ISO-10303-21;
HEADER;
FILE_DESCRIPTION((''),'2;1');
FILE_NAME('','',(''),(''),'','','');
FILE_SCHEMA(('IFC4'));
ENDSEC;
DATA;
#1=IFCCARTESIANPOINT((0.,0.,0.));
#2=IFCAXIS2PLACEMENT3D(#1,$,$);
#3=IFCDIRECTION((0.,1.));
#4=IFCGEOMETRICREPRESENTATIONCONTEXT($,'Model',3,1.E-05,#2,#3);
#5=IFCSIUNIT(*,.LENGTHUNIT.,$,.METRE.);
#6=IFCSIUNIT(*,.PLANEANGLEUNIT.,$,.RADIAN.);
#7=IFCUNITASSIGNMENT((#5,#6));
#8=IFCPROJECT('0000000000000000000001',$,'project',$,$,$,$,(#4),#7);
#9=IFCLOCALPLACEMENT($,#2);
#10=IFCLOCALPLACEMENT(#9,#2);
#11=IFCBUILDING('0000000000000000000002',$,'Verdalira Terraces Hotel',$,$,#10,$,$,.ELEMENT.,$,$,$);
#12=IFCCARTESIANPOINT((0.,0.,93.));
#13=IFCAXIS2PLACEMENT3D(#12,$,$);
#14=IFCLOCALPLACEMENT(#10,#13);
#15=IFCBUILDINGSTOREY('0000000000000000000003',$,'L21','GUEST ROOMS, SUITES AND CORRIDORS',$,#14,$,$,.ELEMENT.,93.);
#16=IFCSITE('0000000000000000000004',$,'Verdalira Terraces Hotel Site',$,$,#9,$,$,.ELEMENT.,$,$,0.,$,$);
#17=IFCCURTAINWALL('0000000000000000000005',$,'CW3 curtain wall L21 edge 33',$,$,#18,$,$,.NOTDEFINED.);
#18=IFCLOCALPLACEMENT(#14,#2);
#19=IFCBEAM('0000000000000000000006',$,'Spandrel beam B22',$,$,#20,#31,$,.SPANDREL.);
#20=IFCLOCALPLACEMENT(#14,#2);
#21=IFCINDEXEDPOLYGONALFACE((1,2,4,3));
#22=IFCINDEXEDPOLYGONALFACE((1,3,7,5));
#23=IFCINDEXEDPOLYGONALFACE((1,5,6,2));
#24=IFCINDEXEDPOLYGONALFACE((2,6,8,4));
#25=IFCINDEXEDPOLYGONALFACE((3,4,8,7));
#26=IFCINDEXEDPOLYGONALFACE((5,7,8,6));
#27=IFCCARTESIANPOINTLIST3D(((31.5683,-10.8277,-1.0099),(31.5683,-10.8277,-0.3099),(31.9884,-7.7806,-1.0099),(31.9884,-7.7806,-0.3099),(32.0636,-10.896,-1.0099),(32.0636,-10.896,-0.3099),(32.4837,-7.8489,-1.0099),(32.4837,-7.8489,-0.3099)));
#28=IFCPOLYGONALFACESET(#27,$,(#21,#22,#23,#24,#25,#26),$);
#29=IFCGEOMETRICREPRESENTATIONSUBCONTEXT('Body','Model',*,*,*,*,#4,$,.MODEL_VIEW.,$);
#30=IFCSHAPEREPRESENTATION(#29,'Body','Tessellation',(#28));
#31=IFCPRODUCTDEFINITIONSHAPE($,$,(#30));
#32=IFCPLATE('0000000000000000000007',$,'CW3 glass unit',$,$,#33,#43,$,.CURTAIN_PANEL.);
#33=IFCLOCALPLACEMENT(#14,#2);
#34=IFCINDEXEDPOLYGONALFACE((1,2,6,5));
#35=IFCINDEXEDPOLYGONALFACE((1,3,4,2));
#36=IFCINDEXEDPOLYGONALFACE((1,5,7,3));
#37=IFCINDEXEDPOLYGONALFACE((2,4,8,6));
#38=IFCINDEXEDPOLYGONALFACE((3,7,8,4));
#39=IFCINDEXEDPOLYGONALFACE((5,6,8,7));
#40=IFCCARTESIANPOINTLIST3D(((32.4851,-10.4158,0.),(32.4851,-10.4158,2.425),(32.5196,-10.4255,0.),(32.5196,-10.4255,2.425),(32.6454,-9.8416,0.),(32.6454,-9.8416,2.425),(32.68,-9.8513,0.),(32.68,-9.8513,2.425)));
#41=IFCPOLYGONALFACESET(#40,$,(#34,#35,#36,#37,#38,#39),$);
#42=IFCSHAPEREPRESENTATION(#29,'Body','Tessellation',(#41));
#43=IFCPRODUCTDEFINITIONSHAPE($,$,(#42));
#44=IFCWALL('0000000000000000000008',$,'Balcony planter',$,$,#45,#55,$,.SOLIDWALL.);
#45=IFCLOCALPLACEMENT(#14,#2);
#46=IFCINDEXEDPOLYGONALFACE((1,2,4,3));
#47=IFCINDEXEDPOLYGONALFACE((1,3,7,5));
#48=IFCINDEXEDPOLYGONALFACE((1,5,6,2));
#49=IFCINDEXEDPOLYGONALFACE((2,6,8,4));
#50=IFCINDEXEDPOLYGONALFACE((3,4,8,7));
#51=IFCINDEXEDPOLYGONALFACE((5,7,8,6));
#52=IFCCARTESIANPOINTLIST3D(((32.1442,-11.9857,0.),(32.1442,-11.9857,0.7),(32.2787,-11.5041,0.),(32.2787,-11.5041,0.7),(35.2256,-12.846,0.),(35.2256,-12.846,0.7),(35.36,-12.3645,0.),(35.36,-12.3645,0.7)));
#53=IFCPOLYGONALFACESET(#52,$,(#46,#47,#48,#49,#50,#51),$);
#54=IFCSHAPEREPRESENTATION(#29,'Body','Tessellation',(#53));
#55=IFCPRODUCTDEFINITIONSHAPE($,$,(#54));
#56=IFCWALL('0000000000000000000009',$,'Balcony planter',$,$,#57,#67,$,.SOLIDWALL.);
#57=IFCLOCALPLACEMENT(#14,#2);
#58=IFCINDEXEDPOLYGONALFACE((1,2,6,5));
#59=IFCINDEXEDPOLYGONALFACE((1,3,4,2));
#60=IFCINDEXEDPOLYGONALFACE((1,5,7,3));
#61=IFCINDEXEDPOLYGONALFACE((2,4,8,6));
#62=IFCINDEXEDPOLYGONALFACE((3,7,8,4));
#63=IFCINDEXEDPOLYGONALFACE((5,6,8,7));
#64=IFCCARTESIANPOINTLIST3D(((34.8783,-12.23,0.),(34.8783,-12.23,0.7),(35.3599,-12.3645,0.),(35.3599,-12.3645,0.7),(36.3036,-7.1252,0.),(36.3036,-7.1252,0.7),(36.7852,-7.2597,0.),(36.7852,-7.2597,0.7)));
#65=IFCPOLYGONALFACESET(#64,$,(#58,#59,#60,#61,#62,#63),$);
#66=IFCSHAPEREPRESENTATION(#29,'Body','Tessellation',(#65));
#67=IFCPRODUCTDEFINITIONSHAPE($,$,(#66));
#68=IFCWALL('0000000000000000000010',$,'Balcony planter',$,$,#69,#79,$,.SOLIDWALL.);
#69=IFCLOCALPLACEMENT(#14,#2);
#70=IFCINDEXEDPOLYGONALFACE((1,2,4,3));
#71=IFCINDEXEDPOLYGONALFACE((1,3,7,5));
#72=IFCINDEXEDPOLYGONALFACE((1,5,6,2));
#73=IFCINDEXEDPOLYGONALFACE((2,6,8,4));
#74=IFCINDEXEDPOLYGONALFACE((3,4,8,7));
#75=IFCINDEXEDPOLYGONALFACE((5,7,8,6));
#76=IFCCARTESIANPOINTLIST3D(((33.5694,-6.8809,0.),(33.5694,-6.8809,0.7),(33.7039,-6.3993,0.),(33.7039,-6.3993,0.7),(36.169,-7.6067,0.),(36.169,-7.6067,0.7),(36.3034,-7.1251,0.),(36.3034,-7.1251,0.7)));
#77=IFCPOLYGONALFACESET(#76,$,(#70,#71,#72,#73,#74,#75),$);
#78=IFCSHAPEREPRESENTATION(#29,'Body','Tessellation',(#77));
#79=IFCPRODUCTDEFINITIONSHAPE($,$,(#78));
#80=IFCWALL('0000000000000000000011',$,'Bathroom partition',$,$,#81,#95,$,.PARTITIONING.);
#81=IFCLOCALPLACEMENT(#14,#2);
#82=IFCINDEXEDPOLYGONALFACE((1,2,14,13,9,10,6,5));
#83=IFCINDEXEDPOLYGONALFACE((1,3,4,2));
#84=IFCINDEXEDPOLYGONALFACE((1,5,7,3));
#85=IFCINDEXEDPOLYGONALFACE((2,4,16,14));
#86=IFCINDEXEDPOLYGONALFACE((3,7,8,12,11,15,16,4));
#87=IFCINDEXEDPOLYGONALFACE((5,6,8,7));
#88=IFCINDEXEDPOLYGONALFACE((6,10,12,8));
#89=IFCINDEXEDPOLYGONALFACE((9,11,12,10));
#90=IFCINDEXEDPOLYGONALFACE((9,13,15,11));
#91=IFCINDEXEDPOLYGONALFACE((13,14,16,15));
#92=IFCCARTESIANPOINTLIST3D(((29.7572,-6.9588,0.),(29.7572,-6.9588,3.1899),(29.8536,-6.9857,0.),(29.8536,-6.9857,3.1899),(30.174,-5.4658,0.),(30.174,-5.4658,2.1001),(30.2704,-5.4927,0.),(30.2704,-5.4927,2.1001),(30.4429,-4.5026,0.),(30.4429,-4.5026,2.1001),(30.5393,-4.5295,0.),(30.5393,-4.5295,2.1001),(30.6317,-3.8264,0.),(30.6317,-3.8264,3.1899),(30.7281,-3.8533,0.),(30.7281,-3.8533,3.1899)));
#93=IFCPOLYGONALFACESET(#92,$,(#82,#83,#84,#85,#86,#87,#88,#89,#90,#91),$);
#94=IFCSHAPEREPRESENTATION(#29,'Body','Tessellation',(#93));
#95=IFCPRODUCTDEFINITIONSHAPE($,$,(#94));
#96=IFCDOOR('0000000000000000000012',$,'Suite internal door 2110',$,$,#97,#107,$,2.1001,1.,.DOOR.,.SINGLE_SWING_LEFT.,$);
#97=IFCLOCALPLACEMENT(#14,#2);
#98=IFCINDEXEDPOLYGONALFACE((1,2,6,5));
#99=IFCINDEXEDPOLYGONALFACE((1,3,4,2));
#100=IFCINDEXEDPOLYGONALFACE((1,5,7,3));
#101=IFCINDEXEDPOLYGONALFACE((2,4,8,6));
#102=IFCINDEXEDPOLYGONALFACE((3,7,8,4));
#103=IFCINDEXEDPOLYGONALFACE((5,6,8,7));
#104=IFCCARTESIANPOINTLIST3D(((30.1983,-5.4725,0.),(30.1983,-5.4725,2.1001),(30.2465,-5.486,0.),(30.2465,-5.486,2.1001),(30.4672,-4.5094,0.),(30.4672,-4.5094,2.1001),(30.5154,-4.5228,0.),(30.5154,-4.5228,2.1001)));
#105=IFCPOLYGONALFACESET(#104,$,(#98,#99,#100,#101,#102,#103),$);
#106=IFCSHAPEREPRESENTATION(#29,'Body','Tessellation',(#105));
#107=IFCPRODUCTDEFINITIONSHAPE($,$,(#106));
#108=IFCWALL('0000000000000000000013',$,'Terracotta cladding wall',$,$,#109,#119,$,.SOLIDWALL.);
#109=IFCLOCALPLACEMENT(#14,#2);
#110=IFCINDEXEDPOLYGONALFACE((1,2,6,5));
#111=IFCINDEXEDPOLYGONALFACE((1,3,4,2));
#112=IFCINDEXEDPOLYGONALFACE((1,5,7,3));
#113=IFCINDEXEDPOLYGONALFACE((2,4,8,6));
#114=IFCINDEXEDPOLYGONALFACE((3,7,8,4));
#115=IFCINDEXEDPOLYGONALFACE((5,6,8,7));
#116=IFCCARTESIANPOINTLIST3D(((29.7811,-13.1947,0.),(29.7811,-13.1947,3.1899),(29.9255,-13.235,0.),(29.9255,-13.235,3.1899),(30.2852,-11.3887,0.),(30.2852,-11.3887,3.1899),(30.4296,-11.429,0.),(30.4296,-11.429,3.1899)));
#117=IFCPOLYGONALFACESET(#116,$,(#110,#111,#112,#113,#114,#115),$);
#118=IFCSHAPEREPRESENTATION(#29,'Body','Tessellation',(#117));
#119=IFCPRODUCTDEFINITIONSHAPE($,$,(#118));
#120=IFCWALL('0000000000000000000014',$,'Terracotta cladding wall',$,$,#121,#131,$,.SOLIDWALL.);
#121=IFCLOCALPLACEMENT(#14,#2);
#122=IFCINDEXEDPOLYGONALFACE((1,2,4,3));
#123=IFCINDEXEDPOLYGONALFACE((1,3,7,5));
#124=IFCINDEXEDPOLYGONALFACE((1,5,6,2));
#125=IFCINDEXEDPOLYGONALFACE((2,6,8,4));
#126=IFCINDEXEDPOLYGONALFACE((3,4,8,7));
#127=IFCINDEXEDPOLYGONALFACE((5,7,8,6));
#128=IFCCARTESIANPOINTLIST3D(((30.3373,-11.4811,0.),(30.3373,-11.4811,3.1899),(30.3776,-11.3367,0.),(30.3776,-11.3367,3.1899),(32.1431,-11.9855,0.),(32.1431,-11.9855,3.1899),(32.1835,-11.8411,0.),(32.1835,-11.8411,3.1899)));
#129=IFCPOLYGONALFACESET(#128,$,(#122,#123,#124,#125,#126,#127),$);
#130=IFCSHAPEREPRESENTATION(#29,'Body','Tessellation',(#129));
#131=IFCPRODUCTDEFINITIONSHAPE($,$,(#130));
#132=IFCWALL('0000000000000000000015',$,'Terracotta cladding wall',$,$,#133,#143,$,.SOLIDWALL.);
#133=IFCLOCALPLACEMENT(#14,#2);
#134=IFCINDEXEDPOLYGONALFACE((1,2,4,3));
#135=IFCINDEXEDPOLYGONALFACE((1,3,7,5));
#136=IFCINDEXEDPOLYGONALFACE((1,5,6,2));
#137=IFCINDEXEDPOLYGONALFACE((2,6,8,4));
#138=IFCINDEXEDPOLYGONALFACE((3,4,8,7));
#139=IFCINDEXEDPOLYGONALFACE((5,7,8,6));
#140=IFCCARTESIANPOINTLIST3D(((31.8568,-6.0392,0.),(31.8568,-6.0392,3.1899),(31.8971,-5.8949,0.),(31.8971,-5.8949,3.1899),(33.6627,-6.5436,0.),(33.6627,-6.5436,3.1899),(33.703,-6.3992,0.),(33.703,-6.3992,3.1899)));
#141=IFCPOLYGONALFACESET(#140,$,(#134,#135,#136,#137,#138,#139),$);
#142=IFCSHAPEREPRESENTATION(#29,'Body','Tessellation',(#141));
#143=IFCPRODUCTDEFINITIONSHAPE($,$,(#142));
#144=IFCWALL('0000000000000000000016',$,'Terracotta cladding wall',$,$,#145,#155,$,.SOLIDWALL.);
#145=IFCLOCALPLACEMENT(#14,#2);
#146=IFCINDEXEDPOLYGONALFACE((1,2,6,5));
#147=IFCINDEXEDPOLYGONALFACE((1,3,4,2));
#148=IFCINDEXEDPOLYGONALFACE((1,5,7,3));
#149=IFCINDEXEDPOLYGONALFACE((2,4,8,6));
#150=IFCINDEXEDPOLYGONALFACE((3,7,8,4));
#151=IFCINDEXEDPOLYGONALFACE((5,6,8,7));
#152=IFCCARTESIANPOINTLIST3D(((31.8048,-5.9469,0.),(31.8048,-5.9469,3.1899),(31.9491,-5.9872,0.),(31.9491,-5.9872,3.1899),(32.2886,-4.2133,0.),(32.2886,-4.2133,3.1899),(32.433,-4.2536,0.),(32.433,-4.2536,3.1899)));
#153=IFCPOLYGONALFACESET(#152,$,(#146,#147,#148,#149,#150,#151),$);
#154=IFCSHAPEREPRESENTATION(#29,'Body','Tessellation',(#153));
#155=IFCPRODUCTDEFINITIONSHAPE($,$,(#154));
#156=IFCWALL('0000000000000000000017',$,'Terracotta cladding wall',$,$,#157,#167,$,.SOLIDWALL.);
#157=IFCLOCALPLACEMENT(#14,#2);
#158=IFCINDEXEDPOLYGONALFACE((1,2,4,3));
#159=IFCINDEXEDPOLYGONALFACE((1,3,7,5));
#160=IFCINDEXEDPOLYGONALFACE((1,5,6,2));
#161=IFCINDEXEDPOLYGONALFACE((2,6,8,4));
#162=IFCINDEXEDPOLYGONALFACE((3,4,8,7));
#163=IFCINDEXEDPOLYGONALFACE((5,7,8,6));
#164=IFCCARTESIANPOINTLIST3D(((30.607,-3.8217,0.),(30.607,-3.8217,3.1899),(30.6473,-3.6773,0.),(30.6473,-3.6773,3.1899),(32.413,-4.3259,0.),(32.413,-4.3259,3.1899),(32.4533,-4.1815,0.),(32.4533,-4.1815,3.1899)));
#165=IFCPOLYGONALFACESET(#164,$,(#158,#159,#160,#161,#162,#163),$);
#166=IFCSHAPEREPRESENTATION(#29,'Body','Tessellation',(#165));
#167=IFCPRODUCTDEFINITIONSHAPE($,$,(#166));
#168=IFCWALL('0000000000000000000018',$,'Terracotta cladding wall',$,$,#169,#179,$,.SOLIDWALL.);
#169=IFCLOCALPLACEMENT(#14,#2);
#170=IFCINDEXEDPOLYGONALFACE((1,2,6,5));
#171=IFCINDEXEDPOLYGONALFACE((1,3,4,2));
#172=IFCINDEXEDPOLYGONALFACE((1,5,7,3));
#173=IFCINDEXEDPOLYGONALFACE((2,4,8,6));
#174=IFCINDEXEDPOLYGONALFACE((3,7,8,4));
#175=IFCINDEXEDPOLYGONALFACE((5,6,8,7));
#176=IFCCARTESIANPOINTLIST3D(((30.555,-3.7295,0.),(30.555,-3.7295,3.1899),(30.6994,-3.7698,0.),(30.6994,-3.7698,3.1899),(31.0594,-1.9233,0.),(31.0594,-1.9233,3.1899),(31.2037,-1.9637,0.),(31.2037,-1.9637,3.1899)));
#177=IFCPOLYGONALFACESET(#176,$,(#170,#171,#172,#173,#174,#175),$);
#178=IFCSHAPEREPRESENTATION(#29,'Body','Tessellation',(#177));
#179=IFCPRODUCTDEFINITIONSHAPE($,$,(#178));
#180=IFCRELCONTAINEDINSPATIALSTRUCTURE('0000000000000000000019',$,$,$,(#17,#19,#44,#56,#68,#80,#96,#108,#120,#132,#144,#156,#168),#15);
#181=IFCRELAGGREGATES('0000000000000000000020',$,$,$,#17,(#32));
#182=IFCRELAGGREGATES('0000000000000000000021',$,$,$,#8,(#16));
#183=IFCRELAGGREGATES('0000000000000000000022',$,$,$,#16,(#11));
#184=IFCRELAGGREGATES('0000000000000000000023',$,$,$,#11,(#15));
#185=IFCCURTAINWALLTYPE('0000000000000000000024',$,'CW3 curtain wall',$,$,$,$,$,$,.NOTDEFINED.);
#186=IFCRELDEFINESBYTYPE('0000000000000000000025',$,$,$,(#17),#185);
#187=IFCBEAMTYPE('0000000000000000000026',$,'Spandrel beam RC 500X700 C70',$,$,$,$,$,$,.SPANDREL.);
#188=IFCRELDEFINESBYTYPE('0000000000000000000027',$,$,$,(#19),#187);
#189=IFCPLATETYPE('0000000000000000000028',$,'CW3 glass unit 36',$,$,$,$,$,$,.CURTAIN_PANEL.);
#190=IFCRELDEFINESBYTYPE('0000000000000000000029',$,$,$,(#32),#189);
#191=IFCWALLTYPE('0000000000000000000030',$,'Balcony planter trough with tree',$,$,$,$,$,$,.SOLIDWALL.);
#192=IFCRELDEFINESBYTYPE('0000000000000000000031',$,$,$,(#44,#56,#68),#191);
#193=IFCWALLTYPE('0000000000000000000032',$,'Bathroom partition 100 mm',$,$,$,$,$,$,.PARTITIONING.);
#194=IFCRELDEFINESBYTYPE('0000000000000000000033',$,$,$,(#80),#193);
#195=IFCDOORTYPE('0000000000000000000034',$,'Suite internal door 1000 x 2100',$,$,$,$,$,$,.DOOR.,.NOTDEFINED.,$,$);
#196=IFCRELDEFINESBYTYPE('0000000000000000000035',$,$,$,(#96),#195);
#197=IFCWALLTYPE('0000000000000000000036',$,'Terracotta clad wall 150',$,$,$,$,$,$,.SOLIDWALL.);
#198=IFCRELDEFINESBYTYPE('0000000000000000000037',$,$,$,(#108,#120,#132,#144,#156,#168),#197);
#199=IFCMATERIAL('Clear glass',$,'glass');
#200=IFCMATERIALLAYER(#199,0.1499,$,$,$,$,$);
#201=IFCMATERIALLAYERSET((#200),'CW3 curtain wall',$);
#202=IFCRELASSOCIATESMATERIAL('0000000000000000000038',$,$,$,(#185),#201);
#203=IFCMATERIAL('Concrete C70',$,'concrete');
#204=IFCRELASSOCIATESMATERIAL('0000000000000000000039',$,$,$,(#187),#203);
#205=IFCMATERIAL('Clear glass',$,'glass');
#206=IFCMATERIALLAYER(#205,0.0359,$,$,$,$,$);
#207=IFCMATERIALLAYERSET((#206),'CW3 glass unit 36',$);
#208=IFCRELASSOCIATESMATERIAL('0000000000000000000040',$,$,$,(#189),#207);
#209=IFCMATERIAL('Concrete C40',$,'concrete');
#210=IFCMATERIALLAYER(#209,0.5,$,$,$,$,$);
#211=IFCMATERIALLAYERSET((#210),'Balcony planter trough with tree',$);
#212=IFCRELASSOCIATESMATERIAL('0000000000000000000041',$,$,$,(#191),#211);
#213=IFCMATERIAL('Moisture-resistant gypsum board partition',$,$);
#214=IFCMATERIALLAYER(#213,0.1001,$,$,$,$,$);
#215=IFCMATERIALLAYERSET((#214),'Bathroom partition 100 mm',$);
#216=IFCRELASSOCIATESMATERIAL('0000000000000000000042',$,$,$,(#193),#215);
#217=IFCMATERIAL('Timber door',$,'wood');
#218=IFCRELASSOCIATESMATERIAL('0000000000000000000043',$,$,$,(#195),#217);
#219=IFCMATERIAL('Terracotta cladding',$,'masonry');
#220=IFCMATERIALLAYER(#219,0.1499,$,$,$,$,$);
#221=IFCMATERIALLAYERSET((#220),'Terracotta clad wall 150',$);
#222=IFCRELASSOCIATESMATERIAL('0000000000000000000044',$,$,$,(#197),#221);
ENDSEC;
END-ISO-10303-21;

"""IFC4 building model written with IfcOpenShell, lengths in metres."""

from ifc_helpers import new_model, si_unit, direction, frame, frame_2d, origin, origin_2d, place, context, subcontext, project, spatial, rectangle, extrude, material, layer, layer_set, material_profile, profile_set, type_object, element, fill, aggregate, save


model = new_model("IFC4")

# Units and contexts
model_context = context("Model", 3, precision=1e-05, world=origin(), true_north=direction((0.0, 1.0)))
body_context = subcontext(model_context, "Body", "Model", "MODEL_VIEW")
ifc_project = project(units=[si_unit("LENGTHUNIT", "METRE"), si_unit("PLANEANGLEUNIT", "RADIAN")], contexts=[model_context])

# Site, building, storey
site_placement = place(None, origin())
site = spatial("IfcSite", under=ifc_project, at=site_placement, Name="Verdalira Terraces Hotel Site", CompositionType="ELEMENT", RefElevation=0.0)
building_placement = place(site_placement, origin())
building = spatial("IfcBuilding", under=site, at=building_placement, Name="Verdalira Terraces Hotel", CompositionType="ELEMENT")
storey_placement = place(building_placement, frame((0.0, 0.0, 93.0)))
storey = spatial("IfcBuildingStorey", under=building, at=storey_placement, Name="L21", Description="GUEST ROOMS, SUITES AND CORRIDORS", CompositionType="ELEMENT", Elevation=93.0)

# Curtain wall
ifc_material_1 = material(Name="Clear glass", Category="glass")
ifc_layer_1 = layer(ifc_material_1, 0.1499)
ifc_layer_set_1 = layer_set([ifc_layer_1], Name="CW3 curtain wall")
curtain_wall_type_1 = type_object("IfcCurtainWallType", Name="CW3 curtain wall", PredefinedType="NOTDEFINED", material=ifc_layer_set_1)
curtain_wall_1_placement = place(storey_placement, origin())
curtain_wall_1 = element("IfcCurtainWall", 1, at=curtain_wall_1_placement, inside=storey, type_object=curtain_wall_type_1, Name="CW3 curtain wall L21 edge 33", PredefinedType="NOTDEFINED")

# Beam
ifc_material_2 = material(Name="Concrete C70", Category="concrete")
ifc_material_profile_1 = material_profile(ifc_material_2, rectangle(XDim=0.5, YDim=0.7, at=origin_2d()), Name="RC 500X700")
ifc_profile_set_1 = profile_set([ifc_material_profile_1], Name="Concrete C70")
beam_type_1 = type_object("IfcBeamType", Name="Spandrel beam RC 500X700 C70", PredefinedType="SPANDREL", material=ifc_profile_set_1)
beam_1_placement = place(storey_placement, frame((31.8159, -10.8618, -0.6599), z_axis=(0.136597, 0.990627, 0.0), x_axis=(-0.990627, 0.136597, 0.0)))
element("IfcBeam", 2, at=beam_1_placement, inside=storey, type_object=beam_type_1, Name="Spandrel beam B22", PredefinedType="SPANDREL", context=body_context, shape_type="SweptSolid", body=[
    extrude(rectangle(XDim=0.5, YDim=0.7, at=origin_2d()), origin(), (0.0, 0.0, 1.0), 3.0759),
])

# Plate
ifc_material_3 = material(Name="Clear glass", Category="glass")
ifc_layer_2 = layer(ifc_material_3, 0.0359)
ifc_layer_set_2 = layer_set([ifc_layer_2], Name="CW3 glass unit 36")
plate_type = type_object("IfcPlateType", Name="CW3 glass unit 36", PredefinedType="CURTAIN_PANEL", material=ifc_layer_set_2)
plate_placement = place(storey_placement, frame((32.5825, -10.1335, 0.0), z_axis=(0.0, 0.0, 1.0), x_axis=(0.26892, 0.963163, 0.0)))
plate = element("IfcPlate", 3, at=plate_placement, type_object=plate_type, Name="CW3 glass unit", PredefinedType="CURTAIN_PANEL", context=body_context, shape_type="SweptSolid", body=[
    extrude(rectangle(XDim=0.5962, YDim=0.0359, at=origin_2d()), origin(), (0.0, 0.0, 1.0), 2.425),
])
aggregate(curtain_wall_1, [plate])

# Walls
ifc_material_4 = material(Name="Concrete C40", Category="concrete")
ifc_layer_3 = layer(ifc_material_4, 0.5)
ifc_layer_set_3 = layer_set([ifc_layer_3], Name="Balcony planter trough with tree")
wall_type_1 = type_object("IfcWallType", Name="Balcony planter trough with tree", PredefinedType="SOLIDWALL", material=ifc_layer_set_3)
wall_1_placement = place(storey_placement, frame((32.2114, -11.7449, 0.0), z_axis=(0.0, 0.0, 1.0), x_axis=(0.96316, -0.268931, 0.0)))
element("IfcWall", 4, at=wall_1_placement, inside=storey, type_object=wall_type_1, Name="Balcony planter", PredefinedType="SOLIDWALL", context=body_context, shape_type="SweptSolid", body=[
    extrude(rectangle(XDim=3.1992, YDim=0.5, at=frame_2d((1.5996, 0.0))), origin(), (0.0, 0.0, 1.0), 0.7),
])
wall_2_placement = place(storey_placement, frame((35.1191, -12.2971, 0.0), z_axis=(0.0, 0.0, 1.0), x_axis=(0.268924, 0.963161, 0.0)))
element("IfcWall", 5, at=wall_2_placement, inside=storey, type_object=wall_type_1, Name="Balcony planter", PredefinedType="SOLIDWALL", context=body_context, shape_type="SweptSolid", body=[
    extrude(rectangle(XDim=5.3, YDim=0.5, at=frame_2d((2.6499, 0.0))), origin(), (0.0, 0.0, 1.0), 0.7),
])
wall_3_placement = place(storey_placement, frame((36.2363, -7.366, 0.0), z_axis=(0.0, 0.0, 1.0), x_axis=(-0.963162, 0.268922, 0.0)))
element("IfcWall", 6, at=wall_3_placement, inside=storey, type_object=wall_type_1, Name="Balcony planter", PredefinedType="SOLIDWALL", context=body_context, shape_type="SweptSolid", body=[
    extrude(rectangle(XDim=2.699, YDim=0.5, at=frame_2d((1.3496, 0.0))), origin(), (0.0, 0.0, 1.0), 0.7),
])

# Wall, opening, door
ifc_material_5 = material(Name="Moisture-resistant gypsum board partition")
ifc_layer_4 = layer(ifc_material_5, 0.1001)
ifc_layer_set_4 = layer_set([ifc_layer_4], Name="Bathroom partition 100 mm")
wall_type_2 = type_object("IfcWallType", Name="Bathroom partition 100 mm", PredefinedType="PARTITIONING", material=ifc_layer_set_4)
wall_4_placement = place(storey_placement, frame((29.8054, -6.9722, 0.0), z_axis=(0.0, 0.0, 1.0), x_axis=(0.268906, 0.963166, 0.0)))
wall_4 = element("IfcWall", 7, at=wall_4_placement, inside=storey, type_object=wall_type_2, Name="Bathroom partition", PredefinedType="PARTITIONING", context=body_context, shape_type="SweptSolid", body=[
    extrude(rectangle(XDim=3.2522, YDim=0.1001, at=frame_2d((1.626, 0.0))), origin(), (0.0, 0.0, 1.0), 3.1899),
])
opening_1_placement = place(wall_4_placement, frame((1.55, 0.0, 0.0)))
opening_1 = element("IfcOpeningElement", 8, at=opening_1_placement, cuts=wall_4, PredefinedType="OPENING", context=body_context, shape_type="SweptSolid", body=[
    extrude(rectangle(XDim=1.0, YDim=2.1001, at=frame_2d((0.5, 1.05))), frame((0.0, 0.0601, 0.0), z_axis=(0.0, -1.0, 0.0), x_axis=(1.0, 0.0, 0.0)), (0.0, 0.0, 1.0), 0.1201),
])
ifc_material_6 = material(Name="Timber door", Category="wood")
door_type_1 = type_object("IfcDoorType", Name="Suite internal door 1000 x 2100", OperationType="NOTDEFINED", PredefinedType="DOOR", material=ifc_material_6)
door_1_placement = place(opening_1_placement, origin())
door_1 = element("IfcDoor", 9, at=door_1_placement, inside=storey, type_object=door_type_1, Name="Suite internal door 2110", OperationType="SINGLE_SWING_LEFT", OverallHeight=2.1001, OverallWidth=1.0, PredefinedType="DOOR", context=body_context, shape_type="SweptSolid", body=[
    extrude(rectangle(XDim=1.0, YDim=2.1001, at=frame_2d((0.5, 1.05))), frame((0.0, 0.0249, 0.0), z_axis=(0.0, -1.0, 0.0), x_axis=(1.0, 0.0, 0.0)), (0.0, 0.0, 1.0), 0.05),
])
fill(opening_1, door_1)

# Walls
ifc_material_7 = material(Name="Terracotta cladding", Category="masonry")
ifc_layer_5 = layer(ifc_material_7, 0.1499)
ifc_layer_set_5 = layer_set([ifc_layer_5], Name="Terracotta clad wall 150")
wall_type_3 = type_object("IfcWallType", Name="Terracotta clad wall 150", PredefinedType="SOLIDWALL", material=ifc_layer_set_5)
for number, where, z_axis, x_axis, name in (
    (10, (29.8533, -13.2148, 0.0), (0.0, 0.0, 1.0), (0.268886, 0.963172, 0.0), "Terracotta cladding wall"),
    (11, (30.3574, -11.4089, 0.0), (0.0, 0.0, 1.0), (0.963138, -0.269007, 0.0), "Terracotta cladding wall"),
    (12, (33.6829, -6.4714, 0.0), (0.0, 0.0, 1.0), (-0.963138, 0.269007, 0.0), "Terracotta cladding wall"),
):
    element("IfcWall", number, at=place(storey_placement, frame(where, z_axis=z_axis, x_axis=x_axis)), inside=storey, type_object=wall_type_3, Name=name, PredefinedType="SOLIDWALL", context=body_context, shape_type="SweptSolid", body=[
        extrude(rectangle(XDim=1.875, YDim=0.1499, at=frame_2d((0.9375, 0.0))), origin(), (0.0, 0.0, 1.0), 3.1899),
    ])
wall_5_placement = place(storey_placement, frame((31.877, -5.967, 0.0), z_axis=(0.0, 0.0, 1.0), x_axis=(0.26884, 0.963185, 0.0)))
element("IfcWall", 13, at=wall_5_placement, inside=storey, type_object=wall_type_3, Name="Terracotta cladding wall", PredefinedType="SOLIDWALL", context=body_context, shape_type="SweptSolid", body=[
    extrude(rectangle(XDim=1.7998, YDim=0.1499, at=frame_2d((0.8999, 0.0))), origin(), (0.0, 0.0, 1.0), 3.1899),
])
wall_6_placement = place(storey_placement, frame((32.4331, -4.2537, 0.0), z_axis=(0.0, 0.0, 1.0), x_axis=(-0.963172, 0.268886, 0.0)))
element("IfcWall", 14, at=wall_6_placement, inside=storey, type_object=wall_type_3, Name="Terracotta cladding wall", PredefinedType="SOLIDWALL", context=body_context, shape_type="SweptSolid", body=[
    extrude(rectangle(XDim=1.875, YDim=0.1499, at=frame_2d((0.9375, 0.0))), origin(), (0.0, 0.0, 1.0), 3.1899),
])
wall_7_placement = place(storey_placement, frame((30.6272, -3.7495, 0.0), z_axis=(0.0, 0.0, 1.0), x_axis=(0.268973, 0.963148, 0.0)))
element("IfcWall", 15, at=wall_7_placement, inside=storey, type_object=wall_type_3, Name="Terracotta cladding wall", PredefinedType="SOLIDWALL", context=body_context, shape_type="SweptSolid", body=[
    extrude(rectangle(XDim=1.8752, YDim=0.1499, at=frame_2d((0.9375, 0.0))), origin(), (0.0, 0.0, 1.0), 3.1899),
])

save(model, "model.ifc")
